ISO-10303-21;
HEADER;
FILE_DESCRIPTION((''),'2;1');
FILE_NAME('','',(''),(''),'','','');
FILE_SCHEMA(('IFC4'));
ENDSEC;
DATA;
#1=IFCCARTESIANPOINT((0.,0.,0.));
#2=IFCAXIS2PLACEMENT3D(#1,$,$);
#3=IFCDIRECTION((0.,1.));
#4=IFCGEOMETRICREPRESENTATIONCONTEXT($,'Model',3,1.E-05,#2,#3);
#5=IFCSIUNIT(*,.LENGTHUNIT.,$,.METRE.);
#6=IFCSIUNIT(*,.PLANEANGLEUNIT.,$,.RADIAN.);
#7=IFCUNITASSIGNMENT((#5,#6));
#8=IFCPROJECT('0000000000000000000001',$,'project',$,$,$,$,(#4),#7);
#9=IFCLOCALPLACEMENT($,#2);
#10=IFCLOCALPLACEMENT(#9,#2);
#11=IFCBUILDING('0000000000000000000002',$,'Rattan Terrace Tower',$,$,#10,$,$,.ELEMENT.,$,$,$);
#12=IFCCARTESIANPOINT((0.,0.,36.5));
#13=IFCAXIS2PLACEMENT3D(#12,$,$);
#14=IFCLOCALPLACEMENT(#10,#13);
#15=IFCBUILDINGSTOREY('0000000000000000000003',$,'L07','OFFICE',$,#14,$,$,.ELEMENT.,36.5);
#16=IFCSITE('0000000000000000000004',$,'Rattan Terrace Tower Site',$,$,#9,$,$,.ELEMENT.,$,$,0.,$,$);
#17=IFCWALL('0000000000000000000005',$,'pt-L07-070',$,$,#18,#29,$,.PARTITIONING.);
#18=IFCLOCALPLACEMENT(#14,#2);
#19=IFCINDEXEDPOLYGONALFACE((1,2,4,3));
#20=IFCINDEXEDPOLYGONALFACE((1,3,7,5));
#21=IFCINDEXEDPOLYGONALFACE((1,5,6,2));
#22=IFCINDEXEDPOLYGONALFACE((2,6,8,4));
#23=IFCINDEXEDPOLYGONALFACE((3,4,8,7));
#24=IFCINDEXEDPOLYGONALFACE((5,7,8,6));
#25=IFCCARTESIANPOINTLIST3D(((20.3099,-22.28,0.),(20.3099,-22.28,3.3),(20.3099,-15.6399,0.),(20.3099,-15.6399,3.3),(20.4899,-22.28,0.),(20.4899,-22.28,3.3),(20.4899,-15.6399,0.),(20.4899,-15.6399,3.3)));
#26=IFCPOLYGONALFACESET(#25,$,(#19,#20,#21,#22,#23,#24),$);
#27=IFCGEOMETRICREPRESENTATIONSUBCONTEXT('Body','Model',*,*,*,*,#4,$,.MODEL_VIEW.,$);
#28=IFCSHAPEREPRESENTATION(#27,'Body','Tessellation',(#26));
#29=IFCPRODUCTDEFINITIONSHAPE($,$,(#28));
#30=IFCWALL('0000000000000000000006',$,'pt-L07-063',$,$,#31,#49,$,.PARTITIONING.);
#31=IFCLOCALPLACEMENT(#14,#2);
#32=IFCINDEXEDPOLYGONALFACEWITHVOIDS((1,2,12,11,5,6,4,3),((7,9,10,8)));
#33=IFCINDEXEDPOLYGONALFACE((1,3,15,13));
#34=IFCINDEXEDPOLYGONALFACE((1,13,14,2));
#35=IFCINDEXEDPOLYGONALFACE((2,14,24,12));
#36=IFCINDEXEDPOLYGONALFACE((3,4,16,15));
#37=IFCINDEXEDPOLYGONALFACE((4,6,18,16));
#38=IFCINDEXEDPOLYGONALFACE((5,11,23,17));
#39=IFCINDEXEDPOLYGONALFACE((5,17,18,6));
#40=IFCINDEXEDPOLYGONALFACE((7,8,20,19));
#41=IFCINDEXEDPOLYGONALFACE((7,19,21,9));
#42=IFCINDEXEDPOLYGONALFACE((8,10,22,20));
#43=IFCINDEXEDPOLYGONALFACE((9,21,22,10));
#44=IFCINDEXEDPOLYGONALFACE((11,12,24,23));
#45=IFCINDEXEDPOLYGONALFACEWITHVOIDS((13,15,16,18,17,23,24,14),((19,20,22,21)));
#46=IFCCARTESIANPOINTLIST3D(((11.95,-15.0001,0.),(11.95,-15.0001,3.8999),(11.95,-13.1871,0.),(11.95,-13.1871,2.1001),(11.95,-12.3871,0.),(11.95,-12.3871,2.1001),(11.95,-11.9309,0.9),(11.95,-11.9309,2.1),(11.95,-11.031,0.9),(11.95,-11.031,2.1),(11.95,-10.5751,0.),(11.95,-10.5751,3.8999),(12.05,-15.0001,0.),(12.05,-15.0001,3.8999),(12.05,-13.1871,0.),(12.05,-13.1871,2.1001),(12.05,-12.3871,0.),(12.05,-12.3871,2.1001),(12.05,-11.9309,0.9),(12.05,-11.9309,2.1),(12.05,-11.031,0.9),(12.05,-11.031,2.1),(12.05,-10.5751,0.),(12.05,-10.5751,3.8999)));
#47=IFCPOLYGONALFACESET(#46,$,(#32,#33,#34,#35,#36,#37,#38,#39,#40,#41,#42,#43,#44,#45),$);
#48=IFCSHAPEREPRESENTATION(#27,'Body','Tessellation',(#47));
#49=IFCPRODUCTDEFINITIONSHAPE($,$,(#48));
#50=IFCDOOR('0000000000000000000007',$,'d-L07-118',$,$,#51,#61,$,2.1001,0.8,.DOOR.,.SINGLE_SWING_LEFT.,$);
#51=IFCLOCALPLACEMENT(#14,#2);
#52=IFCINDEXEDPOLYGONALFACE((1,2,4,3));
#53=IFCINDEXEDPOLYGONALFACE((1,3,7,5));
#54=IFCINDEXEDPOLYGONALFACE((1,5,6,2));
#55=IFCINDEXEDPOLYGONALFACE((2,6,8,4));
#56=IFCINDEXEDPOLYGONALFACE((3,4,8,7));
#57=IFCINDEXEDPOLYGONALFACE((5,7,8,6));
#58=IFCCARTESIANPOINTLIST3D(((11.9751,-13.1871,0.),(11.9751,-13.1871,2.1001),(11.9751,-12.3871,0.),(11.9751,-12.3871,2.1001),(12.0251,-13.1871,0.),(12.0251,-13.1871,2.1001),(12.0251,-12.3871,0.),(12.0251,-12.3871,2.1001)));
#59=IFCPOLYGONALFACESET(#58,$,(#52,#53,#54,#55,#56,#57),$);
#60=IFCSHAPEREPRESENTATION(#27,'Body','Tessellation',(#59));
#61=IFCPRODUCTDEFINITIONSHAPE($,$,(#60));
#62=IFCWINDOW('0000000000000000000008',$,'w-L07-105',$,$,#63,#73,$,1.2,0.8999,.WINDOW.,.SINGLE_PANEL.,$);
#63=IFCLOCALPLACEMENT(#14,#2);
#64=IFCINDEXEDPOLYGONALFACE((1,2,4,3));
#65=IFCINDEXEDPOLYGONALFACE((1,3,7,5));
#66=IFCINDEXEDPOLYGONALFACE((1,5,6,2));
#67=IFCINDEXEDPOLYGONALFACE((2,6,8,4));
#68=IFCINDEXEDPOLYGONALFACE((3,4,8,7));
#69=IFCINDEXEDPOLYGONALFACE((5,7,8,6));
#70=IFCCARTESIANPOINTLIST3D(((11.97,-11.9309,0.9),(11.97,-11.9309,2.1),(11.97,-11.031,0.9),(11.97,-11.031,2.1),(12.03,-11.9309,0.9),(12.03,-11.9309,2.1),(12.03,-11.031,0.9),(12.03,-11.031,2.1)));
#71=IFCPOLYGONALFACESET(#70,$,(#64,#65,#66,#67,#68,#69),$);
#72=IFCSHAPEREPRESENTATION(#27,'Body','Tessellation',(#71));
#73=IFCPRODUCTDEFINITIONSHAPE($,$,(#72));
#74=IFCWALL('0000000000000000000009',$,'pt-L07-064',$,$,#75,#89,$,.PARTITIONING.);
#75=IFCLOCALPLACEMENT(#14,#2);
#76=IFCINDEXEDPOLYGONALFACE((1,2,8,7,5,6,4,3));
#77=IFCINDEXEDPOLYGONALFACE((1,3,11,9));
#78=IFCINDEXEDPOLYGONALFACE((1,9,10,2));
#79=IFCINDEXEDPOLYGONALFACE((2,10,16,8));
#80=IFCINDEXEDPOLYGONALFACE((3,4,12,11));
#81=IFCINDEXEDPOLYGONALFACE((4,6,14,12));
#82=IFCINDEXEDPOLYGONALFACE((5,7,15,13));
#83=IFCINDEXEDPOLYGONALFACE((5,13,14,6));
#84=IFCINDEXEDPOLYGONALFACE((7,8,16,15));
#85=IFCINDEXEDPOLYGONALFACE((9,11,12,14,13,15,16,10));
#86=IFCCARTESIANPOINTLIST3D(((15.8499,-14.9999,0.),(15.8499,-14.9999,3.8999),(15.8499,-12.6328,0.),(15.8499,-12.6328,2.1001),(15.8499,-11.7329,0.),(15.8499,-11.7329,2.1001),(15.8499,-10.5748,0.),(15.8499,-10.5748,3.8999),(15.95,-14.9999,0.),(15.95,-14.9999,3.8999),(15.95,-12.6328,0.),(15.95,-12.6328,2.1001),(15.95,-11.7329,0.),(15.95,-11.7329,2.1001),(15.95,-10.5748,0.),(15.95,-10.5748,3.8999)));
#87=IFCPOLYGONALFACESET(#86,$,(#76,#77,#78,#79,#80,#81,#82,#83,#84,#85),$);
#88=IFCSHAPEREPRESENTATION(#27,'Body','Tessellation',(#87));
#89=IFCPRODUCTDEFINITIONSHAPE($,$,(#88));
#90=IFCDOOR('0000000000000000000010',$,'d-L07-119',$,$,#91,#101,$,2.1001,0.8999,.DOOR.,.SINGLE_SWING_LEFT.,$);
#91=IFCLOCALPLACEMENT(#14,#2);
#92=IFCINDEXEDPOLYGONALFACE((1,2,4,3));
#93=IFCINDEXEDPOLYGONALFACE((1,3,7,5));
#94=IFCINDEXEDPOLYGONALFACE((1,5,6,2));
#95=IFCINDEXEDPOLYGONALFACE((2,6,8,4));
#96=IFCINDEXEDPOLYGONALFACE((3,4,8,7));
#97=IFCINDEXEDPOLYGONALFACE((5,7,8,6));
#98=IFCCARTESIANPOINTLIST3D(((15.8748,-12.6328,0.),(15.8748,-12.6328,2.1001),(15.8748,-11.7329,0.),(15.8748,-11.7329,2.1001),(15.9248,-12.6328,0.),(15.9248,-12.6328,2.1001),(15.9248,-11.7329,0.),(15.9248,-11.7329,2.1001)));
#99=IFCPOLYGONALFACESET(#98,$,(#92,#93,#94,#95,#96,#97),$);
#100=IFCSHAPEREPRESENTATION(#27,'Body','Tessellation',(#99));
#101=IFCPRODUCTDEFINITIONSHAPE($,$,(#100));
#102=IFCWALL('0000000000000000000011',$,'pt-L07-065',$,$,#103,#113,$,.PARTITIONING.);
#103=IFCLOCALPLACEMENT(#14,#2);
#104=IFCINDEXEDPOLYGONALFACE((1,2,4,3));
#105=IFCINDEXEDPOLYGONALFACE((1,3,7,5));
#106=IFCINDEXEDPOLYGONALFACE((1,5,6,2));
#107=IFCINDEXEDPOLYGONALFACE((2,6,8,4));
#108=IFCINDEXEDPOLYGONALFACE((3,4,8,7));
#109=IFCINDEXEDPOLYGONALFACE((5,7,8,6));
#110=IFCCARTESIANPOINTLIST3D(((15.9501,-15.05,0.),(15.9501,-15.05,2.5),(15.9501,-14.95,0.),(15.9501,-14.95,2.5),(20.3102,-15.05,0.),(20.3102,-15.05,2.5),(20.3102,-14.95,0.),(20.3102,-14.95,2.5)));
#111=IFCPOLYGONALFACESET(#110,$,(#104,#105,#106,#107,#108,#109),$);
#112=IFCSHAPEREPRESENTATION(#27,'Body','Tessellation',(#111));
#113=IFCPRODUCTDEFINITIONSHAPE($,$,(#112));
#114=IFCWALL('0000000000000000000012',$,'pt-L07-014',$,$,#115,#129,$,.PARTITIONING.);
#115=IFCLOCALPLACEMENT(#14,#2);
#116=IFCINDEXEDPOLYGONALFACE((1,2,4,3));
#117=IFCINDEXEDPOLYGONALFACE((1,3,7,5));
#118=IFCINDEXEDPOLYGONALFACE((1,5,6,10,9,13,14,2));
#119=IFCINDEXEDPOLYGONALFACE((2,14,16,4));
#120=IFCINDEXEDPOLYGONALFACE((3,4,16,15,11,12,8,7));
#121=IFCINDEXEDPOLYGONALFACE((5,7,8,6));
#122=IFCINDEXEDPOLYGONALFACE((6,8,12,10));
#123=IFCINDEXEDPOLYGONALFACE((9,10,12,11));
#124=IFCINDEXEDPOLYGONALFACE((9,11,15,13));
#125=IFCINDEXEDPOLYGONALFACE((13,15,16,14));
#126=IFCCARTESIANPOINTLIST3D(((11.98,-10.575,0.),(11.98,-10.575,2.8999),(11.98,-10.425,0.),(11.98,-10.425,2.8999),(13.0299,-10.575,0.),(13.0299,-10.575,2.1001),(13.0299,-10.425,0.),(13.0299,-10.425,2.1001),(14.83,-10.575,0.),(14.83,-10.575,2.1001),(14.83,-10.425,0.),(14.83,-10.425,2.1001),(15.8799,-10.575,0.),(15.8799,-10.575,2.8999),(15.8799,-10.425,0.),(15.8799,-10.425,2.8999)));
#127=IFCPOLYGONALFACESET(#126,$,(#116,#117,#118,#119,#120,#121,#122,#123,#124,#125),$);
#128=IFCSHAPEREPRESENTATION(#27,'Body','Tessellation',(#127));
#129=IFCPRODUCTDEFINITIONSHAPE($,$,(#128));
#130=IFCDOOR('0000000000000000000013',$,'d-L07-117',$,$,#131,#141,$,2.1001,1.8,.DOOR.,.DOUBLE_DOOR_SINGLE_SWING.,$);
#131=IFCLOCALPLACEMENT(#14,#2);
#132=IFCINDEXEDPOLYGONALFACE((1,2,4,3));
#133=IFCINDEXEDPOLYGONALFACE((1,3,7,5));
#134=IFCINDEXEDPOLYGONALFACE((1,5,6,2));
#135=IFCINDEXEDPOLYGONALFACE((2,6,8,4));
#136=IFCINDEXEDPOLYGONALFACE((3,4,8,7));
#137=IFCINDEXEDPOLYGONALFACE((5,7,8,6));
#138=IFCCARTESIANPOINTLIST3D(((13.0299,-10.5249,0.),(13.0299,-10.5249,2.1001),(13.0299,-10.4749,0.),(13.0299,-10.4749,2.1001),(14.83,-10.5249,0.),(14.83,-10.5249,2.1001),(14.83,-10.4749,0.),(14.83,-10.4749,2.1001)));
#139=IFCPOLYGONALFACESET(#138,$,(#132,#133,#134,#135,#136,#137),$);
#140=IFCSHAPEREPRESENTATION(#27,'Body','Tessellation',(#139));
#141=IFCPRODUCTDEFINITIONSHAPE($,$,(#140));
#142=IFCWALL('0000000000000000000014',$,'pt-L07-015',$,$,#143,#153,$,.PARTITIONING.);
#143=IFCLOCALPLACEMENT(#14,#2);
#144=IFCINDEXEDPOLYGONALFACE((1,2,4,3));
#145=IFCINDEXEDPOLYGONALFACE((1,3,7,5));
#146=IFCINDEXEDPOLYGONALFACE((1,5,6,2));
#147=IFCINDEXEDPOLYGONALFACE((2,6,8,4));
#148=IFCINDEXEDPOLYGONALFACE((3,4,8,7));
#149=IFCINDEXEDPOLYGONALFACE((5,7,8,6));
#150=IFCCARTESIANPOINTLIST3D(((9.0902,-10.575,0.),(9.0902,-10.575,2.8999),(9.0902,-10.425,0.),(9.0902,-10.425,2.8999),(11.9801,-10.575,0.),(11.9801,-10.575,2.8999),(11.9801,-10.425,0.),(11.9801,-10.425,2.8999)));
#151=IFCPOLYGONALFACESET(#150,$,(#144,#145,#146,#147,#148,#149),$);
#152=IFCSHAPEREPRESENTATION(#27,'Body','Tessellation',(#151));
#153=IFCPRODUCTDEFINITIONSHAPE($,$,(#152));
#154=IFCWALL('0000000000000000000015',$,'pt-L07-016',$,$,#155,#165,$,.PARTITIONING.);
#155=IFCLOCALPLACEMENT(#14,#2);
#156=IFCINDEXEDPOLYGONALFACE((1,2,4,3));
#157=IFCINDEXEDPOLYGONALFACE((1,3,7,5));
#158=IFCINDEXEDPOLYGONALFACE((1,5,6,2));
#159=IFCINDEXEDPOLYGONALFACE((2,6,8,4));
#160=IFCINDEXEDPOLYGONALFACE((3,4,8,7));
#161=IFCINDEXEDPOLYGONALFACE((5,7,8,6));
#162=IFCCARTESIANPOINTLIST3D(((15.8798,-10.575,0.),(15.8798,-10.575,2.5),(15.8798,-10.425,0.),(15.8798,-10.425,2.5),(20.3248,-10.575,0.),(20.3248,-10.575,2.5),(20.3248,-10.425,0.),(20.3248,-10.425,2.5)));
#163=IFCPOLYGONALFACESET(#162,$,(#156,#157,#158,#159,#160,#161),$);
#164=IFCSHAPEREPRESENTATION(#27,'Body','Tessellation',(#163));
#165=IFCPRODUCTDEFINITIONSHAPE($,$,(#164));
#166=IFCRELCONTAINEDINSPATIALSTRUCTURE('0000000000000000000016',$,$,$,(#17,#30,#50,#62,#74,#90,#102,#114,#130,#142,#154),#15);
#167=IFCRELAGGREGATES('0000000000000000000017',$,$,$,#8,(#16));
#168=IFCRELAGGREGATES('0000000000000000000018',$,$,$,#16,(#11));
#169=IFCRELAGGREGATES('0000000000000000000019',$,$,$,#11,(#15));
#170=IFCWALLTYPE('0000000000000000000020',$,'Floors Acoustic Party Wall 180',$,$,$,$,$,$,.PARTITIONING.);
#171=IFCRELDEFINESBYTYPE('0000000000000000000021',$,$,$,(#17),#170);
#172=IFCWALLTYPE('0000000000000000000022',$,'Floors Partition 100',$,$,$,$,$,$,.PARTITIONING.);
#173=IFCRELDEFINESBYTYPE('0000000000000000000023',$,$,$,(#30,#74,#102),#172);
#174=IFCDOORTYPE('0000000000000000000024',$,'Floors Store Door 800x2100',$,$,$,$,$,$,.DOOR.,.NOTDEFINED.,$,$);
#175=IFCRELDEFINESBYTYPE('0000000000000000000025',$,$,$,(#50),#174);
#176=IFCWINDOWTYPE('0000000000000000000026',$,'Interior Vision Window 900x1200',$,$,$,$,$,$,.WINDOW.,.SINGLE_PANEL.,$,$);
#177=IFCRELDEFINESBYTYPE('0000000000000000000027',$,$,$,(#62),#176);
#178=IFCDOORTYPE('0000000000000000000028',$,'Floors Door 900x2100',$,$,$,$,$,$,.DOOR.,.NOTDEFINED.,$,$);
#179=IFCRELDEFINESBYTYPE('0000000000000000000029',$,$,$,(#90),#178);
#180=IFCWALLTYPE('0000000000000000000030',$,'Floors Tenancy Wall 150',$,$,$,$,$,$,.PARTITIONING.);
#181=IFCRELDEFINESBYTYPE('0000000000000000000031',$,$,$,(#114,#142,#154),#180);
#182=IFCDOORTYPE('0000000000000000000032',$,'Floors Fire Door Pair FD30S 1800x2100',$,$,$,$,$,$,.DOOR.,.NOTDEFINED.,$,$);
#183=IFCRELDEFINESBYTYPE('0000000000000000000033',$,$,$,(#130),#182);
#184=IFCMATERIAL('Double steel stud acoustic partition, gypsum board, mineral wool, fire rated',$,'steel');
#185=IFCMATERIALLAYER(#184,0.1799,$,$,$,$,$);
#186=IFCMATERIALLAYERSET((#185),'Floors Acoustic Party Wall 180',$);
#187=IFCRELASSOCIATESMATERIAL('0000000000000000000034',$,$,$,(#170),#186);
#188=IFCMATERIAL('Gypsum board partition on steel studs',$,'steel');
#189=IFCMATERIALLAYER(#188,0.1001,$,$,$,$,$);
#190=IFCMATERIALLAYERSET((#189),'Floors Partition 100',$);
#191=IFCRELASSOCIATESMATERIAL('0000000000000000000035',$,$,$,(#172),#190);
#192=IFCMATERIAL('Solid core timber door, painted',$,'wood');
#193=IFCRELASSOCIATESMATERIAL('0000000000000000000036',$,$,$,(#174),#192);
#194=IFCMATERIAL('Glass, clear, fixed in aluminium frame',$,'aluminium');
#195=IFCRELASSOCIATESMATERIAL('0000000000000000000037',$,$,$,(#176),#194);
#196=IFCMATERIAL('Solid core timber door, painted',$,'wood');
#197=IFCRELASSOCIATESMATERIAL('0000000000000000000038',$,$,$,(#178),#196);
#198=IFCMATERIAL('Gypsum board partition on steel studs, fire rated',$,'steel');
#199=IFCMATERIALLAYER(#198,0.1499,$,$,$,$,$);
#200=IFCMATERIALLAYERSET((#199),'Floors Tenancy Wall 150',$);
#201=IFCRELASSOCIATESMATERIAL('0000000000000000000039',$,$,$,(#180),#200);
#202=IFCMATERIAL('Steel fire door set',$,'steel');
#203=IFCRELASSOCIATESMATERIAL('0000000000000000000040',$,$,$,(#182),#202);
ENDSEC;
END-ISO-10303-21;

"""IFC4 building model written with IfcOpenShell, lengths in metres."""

from ifc_helpers import new_model, si_unit, direction, frame, frame_2d, origin, place, context, subcontext, project, spatial, rectangle, extrude, material, layer, layer_set, type_object, element, fill, save


model = new_model("IFC4")

# Units and contexts
model_context = context("Model", 3, precision=1e-05, world=origin(), true_north=direction((0.0, 1.0)))
body_context = subcontext(model_context, "Body", "Model", "MODEL_VIEW")
ifc_project = project(units=[si_unit("LENGTHUNIT", "METRE"), si_unit("PLANEANGLEUNIT", "RADIAN")], contexts=[model_context])

# Site, building, storey
site_placement = place(None, origin())
site = spatial("IfcSite", under=ifc_project, at=site_placement, Name="Rattan Terrace Tower Site", CompositionType="ELEMENT", RefElevation=0.0)
building_placement = place(site_placement, origin())
building = spatial("IfcBuilding", under=site, at=building_placement, Name="Rattan Terrace Tower", CompositionType="ELEMENT")
storey_placement = place(building_placement, frame((0.0, 0.0, 36.5)))
storey = spatial("IfcBuildingStorey", under=building, at=storey_placement, Name="L07", Description="OFFICE", CompositionType="ELEMENT", Elevation=36.5)

# Wall
ifc_material_1 = material(Name="Double steel stud acoustic partition, gypsum board, mineral wool, fire rated", Category="steel")
ifc_layer_1 = layer(ifc_material_1, 0.1799)
ifc_layer_set_1 = layer_set([ifc_layer_1], Name="Floors Acoustic Party Wall 180")
wall_type_1 = type_object("IfcWallType", Name="Floors Acoustic Party Wall 180", PredefinedType="PARTITIONING", material=ifc_layer_set_1)
wall_1_placement = place(storey_placement, frame((20.3999, -15.6399, 0.0), z_axis=(0.0, 0.0, 1.0), x_axis=(0.0, -1.0, 0.0)))
element("IfcWall", 1, at=wall_1_placement, inside=storey, type_object=wall_type_1, Name="pt-L07-070", PredefinedType="PARTITIONING", context=body_context, shape_type="SweptSolid", body=[
    extrude(rectangle(XDim=6.6401, YDim=0.1799, at=frame_2d((3.3201, 0.0))), origin(), (0.0, 0.0, 1.0), 3.3),
])

# Wall, openings, door, window
ifc_material_2 = material(Name="Gypsum board partition on steel studs", Category="steel")
ifc_layer_2 = layer(ifc_material_2, 0.1001)
ifc_layer_set_2 = layer_set([ifc_layer_2], Name="Floors Partition 100")
wall_type_2 = type_object("IfcWallType", Name="Floors Partition 100", PredefinedType="PARTITIONING", material=ifc_layer_set_2)
wall_2_placement = place(storey_placement, frame((12.0, -15.0, 0.0), z_axis=(0.0, 0.0, 1.0), x_axis=(0.0, 1.0, 0.0)))
wall_2 = element("IfcWall", 2, at=wall_2_placement, inside=storey, type_object=wall_type_2, Name="pt-L07-063", PredefinedType="PARTITIONING", context=body_context, shape_type="SweptSolid", body=[
    extrude(rectangle(XDim=4.425, YDim=0.1001, at=frame_2d((2.2124, 0.0))), origin(), (0.0, 0.0, 1.0), 3.8999),
])
opening_1_placement = place(wall_2_placement, frame((1.813, 0.0, 0.0)))
opening_1 = element("IfcOpeningElement", 3, at=opening_1_placement, cuts=wall_2, PredefinedType="OPENING", context=body_context, shape_type="SweptSolid", body=[
    extrude(rectangle(XDim=0.8, YDim=2.1001, at=frame_2d((0.3999, 1.05))), frame((0.0, 0.0605, 0.0), z_axis=(0.0, -1.0, 0.0), x_axis=(1.0, 0.0, 0.0)), (0.0, 0.0, 1.0), 0.1211),
])
opening_2_placement = place(wall_2_placement, frame((3.0691, 0.0, 0.8999)))
opening_2 = element("IfcOpeningElement", 4, at=opening_2_placement, cuts=wall_2, PredefinedType="OPENING", context=body_context, shape_type="SweptSolid", body=[
    extrude(rectangle(XDim=0.8999, YDim=1.2, at=frame_2d((0.45, 0.6001))), frame((0.0, 0.0605, 0.0), z_axis=(0.0, -1.0, 0.0), x_axis=(1.0, 0.0, 0.0)), (0.0, 0.0, 1.0), 0.1211),
])
ifc_material_3 = material(Name="Solid core timber door, painted", Category="wood")
door_type_1 = type_object("IfcDoorType", Name="Floors Store Door 800x2100", OperationType="NOTDEFINED", PredefinedType="DOOR", material=ifc_material_3)
door_1_placement = place(opening_1_placement, origin())
door_1 = element("IfcDoor", 5, at=door_1_placement, inside=storey, type_object=door_type_1, Name="d-L07-118", OperationType="SINGLE_SWING_LEFT", OverallHeight=2.1001, OverallWidth=0.8, PredefinedType="DOOR", context=body_context, shape_type="SweptSolid", body=[
    extrude(rectangle(XDim=0.8, YDim=2.1001, at=frame_2d((0.3999, 1.05))), frame((0.0, 0.0249, 0.0), z_axis=(0.0, -1.0, 0.0), x_axis=(1.0, 0.0, 0.0)), (0.0, 0.0, 1.0), 0.05),
])
fill(opening_1, door_1)
ifc_material_4 = material(Name="Glass, clear, fixed in aluminium frame", Category="aluminium")
window_type = type_object("IfcWindowType", Name="Interior Vision Window 900x1200", PartitioningType="SINGLE_PANEL", PredefinedType="WINDOW", material=ifc_material_4)
window_placement = place(opening_2_placement, origin())
window = element("IfcWindow", 6, at=window_placement, inside=storey, type_object=window_type, Name="w-L07-105", OverallHeight=1.2, OverallWidth=0.8999, PartitioningType="SINGLE_PANEL", PredefinedType="WINDOW", context=body_context, shape_type="SweptSolid", body=[
    extrude(rectangle(XDim=0.8999, YDim=1.2, at=frame_2d((0.45, 0.6001))), frame((0.0, 0.03, 0.0), z_axis=(0.0, -1.0, 0.0), x_axis=(1.0, 0.0, 0.0)), (0.0, 0.0, 1.0), 0.0601),
])
fill(opening_2, window)

# Wall, opening, door
wall_3_placement = place(storey_placement, frame((15.8999, -10.575, 0.0), z_axis=(0.0, 0.0, 1.0), x_axis=(0.0, -1.0, 0.0)))
wall_3 = element("IfcWall", 7, at=wall_3_placement, inside=storey, type_object=wall_type_2, Name="pt-L07-064", PredefinedType="PARTITIONING", context=body_context, shape_type="SweptSolid", body=[
    extrude(rectangle(XDim=4.425, YDim=0.1001, at=frame_2d((2.2124, 0.0))), origin(), (0.0, 0.0, 1.0), 3.8999),
])
opening_3_placement = place(wall_3_placement, frame((1.158, 0.0, 0.0)))
opening_3 = element("IfcOpeningElement", 8, at=opening_3_placement, cuts=wall_3, PredefinedType="OPENING", context=body_context, shape_type="SweptSolid", body=[
    extrude(rectangle(XDim=0.8999, YDim=2.1001, at=frame_2d((0.45, 1.05))), frame((0.0, 0.0605, 0.0), z_axis=(0.0, -1.0, 0.0), x_axis=(1.0, 0.0, 0.0)), (0.0, 0.0, 1.0), 0.1211),
])
ifc_material_5 = material(Name="Solid core timber door, painted", Category="wood")
door_type_2 = type_object("IfcDoorType", Name="Floors Door 900x2100", OperationType="NOTDEFINED", PredefinedType="DOOR", material=ifc_material_5)
door_2_placement = place(opening_3_placement, origin())
door_2 = element("IfcDoor", 9, at=door_2_placement, inside=storey, type_object=door_type_2, Name="d-L07-119", OperationType="SINGLE_SWING_LEFT", OverallHeight=2.1001, OverallWidth=0.8999, PredefinedType="DOOR", context=body_context, shape_type="SweptSolid", body=[
    extrude(rectangle(XDim=0.8999, YDim=2.1001, at=frame_2d((0.45, 1.05))), frame((0.0, 0.0249, 0.0), z_axis=(0.0, -1.0, 0.0), x_axis=(1.0, 0.0, 0.0)), (0.0, 0.0, 1.0), 0.05),
])
fill(opening_3, door_2)

# Wall
wall_4_placement = place(storey_placement, frame((15.95, -15.0, 0.0), z_axis=(0.0, 0.0, 1.0), x_axis=(1.0, 0.0, 0.0)))
element("IfcWall", 10, at=wall_4_placement, inside=storey, type_object=wall_type_2, Name="pt-L07-065", PredefinedType="PARTITIONING", context=body_context, shape_type="SweptSolid", body=[
    extrude(rectangle(XDim=4.3601, YDim=0.1001, at=frame_2d((2.1802, 0.0))), origin(), (0.0, 0.0, 1.0), 2.5),
])

# Wall, opening, door
ifc_material_6 = material(Name="Gypsum board partition on steel studs, fire rated", Category="steel")
ifc_layer_3 = layer(ifc_material_6, 0.1499)
ifc_layer_set_3 = layer_set([ifc_layer_3], Name="Floors Tenancy Wall 150")
wall_type_3 = type_object("IfcWallType", Name="Floors Tenancy Wall 150", PredefinedType="PARTITIONING", material=ifc_layer_set_3)
wall_5_placement = place(storey_placement, frame((15.8799, -10.5, 0.0), z_axis=(0.0, 0.0, 1.0), x_axis=(-1.0, 0.0, 0.0)))
wall_5 = element("IfcWall", 11, at=wall_5_placement, inside=storey, type_object=wall_type_3, Name="pt-L07-014", PredefinedType="PARTITIONING", context=body_context, shape_type="SweptSolid", body=[
    extrude(rectangle(XDim=3.8999, YDim=0.1499, at=frame_2d((1.95, 0.0))), origin(), (0.0, 0.0, 1.0), 2.8999),
])
opening_4_placement = place(wall_5_placement, frame((1.05, 0.0, 0.0)))
opening_4 = element("IfcOpeningElement", 12, at=opening_4_placement, cuts=wall_5, PredefinedType="OPENING", context=body_context, shape_type="SweptSolid", body=[
    extrude(rectangle(XDim=1.8, YDim=2.1001, at=frame_2d((0.8999, 1.05))), frame((0.0, 0.0854, 0.0), z_axis=(0.0, -1.0, 0.0), x_axis=(1.0, 0.0, 0.0)), (0.0, 0.0, 1.0), 0.1709),
])
ifc_material_7 = material(Name="Steel fire door set", Category="steel")
door_type_3 = type_object("IfcDoorType", Name="Floors Fire Door Pair FD30S 1800x2100", OperationType="NOTDEFINED", PredefinedType="DOOR", material=ifc_material_7)
door_3_placement = place(opening_4_placement, origin())
door_3 = element("IfcDoor", 13, at=door_3_placement, inside=storey, type_object=door_type_3, Name="d-L07-117", OperationType="DOUBLE_DOOR_SINGLE_SWING", OverallHeight=2.1001, OverallWidth=1.8, PredefinedType="DOOR", context=body_context, shape_type="SweptSolid", body=[
    extrude(rectangle(XDim=1.8, YDim=2.1001, at=frame_2d((0.8999, 1.05))), frame((0.0, 0.0249, 0.0), z_axis=(0.0, -1.0, 0.0), x_axis=(1.0, 0.0, 0.0)), (0.0, 0.0, 1.0), 0.05),
])
fill(opening_4, door_3)

# Walls
wall_6_placement = place(storey_placement, frame((11.98, -10.5, 0.0), z_axis=(0.0, 0.0, 1.0), x_axis=(-1.0, 0.0, 0.0)))
element("IfcWall", 14, at=wall_6_placement, inside=storey, type_object=wall_type_3, Name="pt-L07-015", PredefinedType="PARTITIONING", context=body_context, shape_type="SweptSolid", body=[
    extrude(rectangle(XDim=2.8899, YDim=0.1499, at=frame_2d((1.4448, 0.0))), origin(), (0.0, 0.0, 1.0), 2.8999),
])
wall_7_placement = place(storey_placement, frame((20.325, -10.5, 0.0), z_axis=(0.0, 0.0, 1.0), x_axis=(-1.0, 0.0, 0.0)))
element("IfcWall", 15, at=wall_7_placement, inside=storey, type_object=wall_type_3, Name="pt-L07-016", PredefinedType="PARTITIONING", context=body_context, shape_type="SweptSolid", body=[
    extrude(rectangle(XDim=4.4451, YDim=0.1499, at=frame_2d((2.2227, 0.0))), origin(), (0.0, 0.0, 1.0), 2.5),
])

save(model, "model.ifc")
